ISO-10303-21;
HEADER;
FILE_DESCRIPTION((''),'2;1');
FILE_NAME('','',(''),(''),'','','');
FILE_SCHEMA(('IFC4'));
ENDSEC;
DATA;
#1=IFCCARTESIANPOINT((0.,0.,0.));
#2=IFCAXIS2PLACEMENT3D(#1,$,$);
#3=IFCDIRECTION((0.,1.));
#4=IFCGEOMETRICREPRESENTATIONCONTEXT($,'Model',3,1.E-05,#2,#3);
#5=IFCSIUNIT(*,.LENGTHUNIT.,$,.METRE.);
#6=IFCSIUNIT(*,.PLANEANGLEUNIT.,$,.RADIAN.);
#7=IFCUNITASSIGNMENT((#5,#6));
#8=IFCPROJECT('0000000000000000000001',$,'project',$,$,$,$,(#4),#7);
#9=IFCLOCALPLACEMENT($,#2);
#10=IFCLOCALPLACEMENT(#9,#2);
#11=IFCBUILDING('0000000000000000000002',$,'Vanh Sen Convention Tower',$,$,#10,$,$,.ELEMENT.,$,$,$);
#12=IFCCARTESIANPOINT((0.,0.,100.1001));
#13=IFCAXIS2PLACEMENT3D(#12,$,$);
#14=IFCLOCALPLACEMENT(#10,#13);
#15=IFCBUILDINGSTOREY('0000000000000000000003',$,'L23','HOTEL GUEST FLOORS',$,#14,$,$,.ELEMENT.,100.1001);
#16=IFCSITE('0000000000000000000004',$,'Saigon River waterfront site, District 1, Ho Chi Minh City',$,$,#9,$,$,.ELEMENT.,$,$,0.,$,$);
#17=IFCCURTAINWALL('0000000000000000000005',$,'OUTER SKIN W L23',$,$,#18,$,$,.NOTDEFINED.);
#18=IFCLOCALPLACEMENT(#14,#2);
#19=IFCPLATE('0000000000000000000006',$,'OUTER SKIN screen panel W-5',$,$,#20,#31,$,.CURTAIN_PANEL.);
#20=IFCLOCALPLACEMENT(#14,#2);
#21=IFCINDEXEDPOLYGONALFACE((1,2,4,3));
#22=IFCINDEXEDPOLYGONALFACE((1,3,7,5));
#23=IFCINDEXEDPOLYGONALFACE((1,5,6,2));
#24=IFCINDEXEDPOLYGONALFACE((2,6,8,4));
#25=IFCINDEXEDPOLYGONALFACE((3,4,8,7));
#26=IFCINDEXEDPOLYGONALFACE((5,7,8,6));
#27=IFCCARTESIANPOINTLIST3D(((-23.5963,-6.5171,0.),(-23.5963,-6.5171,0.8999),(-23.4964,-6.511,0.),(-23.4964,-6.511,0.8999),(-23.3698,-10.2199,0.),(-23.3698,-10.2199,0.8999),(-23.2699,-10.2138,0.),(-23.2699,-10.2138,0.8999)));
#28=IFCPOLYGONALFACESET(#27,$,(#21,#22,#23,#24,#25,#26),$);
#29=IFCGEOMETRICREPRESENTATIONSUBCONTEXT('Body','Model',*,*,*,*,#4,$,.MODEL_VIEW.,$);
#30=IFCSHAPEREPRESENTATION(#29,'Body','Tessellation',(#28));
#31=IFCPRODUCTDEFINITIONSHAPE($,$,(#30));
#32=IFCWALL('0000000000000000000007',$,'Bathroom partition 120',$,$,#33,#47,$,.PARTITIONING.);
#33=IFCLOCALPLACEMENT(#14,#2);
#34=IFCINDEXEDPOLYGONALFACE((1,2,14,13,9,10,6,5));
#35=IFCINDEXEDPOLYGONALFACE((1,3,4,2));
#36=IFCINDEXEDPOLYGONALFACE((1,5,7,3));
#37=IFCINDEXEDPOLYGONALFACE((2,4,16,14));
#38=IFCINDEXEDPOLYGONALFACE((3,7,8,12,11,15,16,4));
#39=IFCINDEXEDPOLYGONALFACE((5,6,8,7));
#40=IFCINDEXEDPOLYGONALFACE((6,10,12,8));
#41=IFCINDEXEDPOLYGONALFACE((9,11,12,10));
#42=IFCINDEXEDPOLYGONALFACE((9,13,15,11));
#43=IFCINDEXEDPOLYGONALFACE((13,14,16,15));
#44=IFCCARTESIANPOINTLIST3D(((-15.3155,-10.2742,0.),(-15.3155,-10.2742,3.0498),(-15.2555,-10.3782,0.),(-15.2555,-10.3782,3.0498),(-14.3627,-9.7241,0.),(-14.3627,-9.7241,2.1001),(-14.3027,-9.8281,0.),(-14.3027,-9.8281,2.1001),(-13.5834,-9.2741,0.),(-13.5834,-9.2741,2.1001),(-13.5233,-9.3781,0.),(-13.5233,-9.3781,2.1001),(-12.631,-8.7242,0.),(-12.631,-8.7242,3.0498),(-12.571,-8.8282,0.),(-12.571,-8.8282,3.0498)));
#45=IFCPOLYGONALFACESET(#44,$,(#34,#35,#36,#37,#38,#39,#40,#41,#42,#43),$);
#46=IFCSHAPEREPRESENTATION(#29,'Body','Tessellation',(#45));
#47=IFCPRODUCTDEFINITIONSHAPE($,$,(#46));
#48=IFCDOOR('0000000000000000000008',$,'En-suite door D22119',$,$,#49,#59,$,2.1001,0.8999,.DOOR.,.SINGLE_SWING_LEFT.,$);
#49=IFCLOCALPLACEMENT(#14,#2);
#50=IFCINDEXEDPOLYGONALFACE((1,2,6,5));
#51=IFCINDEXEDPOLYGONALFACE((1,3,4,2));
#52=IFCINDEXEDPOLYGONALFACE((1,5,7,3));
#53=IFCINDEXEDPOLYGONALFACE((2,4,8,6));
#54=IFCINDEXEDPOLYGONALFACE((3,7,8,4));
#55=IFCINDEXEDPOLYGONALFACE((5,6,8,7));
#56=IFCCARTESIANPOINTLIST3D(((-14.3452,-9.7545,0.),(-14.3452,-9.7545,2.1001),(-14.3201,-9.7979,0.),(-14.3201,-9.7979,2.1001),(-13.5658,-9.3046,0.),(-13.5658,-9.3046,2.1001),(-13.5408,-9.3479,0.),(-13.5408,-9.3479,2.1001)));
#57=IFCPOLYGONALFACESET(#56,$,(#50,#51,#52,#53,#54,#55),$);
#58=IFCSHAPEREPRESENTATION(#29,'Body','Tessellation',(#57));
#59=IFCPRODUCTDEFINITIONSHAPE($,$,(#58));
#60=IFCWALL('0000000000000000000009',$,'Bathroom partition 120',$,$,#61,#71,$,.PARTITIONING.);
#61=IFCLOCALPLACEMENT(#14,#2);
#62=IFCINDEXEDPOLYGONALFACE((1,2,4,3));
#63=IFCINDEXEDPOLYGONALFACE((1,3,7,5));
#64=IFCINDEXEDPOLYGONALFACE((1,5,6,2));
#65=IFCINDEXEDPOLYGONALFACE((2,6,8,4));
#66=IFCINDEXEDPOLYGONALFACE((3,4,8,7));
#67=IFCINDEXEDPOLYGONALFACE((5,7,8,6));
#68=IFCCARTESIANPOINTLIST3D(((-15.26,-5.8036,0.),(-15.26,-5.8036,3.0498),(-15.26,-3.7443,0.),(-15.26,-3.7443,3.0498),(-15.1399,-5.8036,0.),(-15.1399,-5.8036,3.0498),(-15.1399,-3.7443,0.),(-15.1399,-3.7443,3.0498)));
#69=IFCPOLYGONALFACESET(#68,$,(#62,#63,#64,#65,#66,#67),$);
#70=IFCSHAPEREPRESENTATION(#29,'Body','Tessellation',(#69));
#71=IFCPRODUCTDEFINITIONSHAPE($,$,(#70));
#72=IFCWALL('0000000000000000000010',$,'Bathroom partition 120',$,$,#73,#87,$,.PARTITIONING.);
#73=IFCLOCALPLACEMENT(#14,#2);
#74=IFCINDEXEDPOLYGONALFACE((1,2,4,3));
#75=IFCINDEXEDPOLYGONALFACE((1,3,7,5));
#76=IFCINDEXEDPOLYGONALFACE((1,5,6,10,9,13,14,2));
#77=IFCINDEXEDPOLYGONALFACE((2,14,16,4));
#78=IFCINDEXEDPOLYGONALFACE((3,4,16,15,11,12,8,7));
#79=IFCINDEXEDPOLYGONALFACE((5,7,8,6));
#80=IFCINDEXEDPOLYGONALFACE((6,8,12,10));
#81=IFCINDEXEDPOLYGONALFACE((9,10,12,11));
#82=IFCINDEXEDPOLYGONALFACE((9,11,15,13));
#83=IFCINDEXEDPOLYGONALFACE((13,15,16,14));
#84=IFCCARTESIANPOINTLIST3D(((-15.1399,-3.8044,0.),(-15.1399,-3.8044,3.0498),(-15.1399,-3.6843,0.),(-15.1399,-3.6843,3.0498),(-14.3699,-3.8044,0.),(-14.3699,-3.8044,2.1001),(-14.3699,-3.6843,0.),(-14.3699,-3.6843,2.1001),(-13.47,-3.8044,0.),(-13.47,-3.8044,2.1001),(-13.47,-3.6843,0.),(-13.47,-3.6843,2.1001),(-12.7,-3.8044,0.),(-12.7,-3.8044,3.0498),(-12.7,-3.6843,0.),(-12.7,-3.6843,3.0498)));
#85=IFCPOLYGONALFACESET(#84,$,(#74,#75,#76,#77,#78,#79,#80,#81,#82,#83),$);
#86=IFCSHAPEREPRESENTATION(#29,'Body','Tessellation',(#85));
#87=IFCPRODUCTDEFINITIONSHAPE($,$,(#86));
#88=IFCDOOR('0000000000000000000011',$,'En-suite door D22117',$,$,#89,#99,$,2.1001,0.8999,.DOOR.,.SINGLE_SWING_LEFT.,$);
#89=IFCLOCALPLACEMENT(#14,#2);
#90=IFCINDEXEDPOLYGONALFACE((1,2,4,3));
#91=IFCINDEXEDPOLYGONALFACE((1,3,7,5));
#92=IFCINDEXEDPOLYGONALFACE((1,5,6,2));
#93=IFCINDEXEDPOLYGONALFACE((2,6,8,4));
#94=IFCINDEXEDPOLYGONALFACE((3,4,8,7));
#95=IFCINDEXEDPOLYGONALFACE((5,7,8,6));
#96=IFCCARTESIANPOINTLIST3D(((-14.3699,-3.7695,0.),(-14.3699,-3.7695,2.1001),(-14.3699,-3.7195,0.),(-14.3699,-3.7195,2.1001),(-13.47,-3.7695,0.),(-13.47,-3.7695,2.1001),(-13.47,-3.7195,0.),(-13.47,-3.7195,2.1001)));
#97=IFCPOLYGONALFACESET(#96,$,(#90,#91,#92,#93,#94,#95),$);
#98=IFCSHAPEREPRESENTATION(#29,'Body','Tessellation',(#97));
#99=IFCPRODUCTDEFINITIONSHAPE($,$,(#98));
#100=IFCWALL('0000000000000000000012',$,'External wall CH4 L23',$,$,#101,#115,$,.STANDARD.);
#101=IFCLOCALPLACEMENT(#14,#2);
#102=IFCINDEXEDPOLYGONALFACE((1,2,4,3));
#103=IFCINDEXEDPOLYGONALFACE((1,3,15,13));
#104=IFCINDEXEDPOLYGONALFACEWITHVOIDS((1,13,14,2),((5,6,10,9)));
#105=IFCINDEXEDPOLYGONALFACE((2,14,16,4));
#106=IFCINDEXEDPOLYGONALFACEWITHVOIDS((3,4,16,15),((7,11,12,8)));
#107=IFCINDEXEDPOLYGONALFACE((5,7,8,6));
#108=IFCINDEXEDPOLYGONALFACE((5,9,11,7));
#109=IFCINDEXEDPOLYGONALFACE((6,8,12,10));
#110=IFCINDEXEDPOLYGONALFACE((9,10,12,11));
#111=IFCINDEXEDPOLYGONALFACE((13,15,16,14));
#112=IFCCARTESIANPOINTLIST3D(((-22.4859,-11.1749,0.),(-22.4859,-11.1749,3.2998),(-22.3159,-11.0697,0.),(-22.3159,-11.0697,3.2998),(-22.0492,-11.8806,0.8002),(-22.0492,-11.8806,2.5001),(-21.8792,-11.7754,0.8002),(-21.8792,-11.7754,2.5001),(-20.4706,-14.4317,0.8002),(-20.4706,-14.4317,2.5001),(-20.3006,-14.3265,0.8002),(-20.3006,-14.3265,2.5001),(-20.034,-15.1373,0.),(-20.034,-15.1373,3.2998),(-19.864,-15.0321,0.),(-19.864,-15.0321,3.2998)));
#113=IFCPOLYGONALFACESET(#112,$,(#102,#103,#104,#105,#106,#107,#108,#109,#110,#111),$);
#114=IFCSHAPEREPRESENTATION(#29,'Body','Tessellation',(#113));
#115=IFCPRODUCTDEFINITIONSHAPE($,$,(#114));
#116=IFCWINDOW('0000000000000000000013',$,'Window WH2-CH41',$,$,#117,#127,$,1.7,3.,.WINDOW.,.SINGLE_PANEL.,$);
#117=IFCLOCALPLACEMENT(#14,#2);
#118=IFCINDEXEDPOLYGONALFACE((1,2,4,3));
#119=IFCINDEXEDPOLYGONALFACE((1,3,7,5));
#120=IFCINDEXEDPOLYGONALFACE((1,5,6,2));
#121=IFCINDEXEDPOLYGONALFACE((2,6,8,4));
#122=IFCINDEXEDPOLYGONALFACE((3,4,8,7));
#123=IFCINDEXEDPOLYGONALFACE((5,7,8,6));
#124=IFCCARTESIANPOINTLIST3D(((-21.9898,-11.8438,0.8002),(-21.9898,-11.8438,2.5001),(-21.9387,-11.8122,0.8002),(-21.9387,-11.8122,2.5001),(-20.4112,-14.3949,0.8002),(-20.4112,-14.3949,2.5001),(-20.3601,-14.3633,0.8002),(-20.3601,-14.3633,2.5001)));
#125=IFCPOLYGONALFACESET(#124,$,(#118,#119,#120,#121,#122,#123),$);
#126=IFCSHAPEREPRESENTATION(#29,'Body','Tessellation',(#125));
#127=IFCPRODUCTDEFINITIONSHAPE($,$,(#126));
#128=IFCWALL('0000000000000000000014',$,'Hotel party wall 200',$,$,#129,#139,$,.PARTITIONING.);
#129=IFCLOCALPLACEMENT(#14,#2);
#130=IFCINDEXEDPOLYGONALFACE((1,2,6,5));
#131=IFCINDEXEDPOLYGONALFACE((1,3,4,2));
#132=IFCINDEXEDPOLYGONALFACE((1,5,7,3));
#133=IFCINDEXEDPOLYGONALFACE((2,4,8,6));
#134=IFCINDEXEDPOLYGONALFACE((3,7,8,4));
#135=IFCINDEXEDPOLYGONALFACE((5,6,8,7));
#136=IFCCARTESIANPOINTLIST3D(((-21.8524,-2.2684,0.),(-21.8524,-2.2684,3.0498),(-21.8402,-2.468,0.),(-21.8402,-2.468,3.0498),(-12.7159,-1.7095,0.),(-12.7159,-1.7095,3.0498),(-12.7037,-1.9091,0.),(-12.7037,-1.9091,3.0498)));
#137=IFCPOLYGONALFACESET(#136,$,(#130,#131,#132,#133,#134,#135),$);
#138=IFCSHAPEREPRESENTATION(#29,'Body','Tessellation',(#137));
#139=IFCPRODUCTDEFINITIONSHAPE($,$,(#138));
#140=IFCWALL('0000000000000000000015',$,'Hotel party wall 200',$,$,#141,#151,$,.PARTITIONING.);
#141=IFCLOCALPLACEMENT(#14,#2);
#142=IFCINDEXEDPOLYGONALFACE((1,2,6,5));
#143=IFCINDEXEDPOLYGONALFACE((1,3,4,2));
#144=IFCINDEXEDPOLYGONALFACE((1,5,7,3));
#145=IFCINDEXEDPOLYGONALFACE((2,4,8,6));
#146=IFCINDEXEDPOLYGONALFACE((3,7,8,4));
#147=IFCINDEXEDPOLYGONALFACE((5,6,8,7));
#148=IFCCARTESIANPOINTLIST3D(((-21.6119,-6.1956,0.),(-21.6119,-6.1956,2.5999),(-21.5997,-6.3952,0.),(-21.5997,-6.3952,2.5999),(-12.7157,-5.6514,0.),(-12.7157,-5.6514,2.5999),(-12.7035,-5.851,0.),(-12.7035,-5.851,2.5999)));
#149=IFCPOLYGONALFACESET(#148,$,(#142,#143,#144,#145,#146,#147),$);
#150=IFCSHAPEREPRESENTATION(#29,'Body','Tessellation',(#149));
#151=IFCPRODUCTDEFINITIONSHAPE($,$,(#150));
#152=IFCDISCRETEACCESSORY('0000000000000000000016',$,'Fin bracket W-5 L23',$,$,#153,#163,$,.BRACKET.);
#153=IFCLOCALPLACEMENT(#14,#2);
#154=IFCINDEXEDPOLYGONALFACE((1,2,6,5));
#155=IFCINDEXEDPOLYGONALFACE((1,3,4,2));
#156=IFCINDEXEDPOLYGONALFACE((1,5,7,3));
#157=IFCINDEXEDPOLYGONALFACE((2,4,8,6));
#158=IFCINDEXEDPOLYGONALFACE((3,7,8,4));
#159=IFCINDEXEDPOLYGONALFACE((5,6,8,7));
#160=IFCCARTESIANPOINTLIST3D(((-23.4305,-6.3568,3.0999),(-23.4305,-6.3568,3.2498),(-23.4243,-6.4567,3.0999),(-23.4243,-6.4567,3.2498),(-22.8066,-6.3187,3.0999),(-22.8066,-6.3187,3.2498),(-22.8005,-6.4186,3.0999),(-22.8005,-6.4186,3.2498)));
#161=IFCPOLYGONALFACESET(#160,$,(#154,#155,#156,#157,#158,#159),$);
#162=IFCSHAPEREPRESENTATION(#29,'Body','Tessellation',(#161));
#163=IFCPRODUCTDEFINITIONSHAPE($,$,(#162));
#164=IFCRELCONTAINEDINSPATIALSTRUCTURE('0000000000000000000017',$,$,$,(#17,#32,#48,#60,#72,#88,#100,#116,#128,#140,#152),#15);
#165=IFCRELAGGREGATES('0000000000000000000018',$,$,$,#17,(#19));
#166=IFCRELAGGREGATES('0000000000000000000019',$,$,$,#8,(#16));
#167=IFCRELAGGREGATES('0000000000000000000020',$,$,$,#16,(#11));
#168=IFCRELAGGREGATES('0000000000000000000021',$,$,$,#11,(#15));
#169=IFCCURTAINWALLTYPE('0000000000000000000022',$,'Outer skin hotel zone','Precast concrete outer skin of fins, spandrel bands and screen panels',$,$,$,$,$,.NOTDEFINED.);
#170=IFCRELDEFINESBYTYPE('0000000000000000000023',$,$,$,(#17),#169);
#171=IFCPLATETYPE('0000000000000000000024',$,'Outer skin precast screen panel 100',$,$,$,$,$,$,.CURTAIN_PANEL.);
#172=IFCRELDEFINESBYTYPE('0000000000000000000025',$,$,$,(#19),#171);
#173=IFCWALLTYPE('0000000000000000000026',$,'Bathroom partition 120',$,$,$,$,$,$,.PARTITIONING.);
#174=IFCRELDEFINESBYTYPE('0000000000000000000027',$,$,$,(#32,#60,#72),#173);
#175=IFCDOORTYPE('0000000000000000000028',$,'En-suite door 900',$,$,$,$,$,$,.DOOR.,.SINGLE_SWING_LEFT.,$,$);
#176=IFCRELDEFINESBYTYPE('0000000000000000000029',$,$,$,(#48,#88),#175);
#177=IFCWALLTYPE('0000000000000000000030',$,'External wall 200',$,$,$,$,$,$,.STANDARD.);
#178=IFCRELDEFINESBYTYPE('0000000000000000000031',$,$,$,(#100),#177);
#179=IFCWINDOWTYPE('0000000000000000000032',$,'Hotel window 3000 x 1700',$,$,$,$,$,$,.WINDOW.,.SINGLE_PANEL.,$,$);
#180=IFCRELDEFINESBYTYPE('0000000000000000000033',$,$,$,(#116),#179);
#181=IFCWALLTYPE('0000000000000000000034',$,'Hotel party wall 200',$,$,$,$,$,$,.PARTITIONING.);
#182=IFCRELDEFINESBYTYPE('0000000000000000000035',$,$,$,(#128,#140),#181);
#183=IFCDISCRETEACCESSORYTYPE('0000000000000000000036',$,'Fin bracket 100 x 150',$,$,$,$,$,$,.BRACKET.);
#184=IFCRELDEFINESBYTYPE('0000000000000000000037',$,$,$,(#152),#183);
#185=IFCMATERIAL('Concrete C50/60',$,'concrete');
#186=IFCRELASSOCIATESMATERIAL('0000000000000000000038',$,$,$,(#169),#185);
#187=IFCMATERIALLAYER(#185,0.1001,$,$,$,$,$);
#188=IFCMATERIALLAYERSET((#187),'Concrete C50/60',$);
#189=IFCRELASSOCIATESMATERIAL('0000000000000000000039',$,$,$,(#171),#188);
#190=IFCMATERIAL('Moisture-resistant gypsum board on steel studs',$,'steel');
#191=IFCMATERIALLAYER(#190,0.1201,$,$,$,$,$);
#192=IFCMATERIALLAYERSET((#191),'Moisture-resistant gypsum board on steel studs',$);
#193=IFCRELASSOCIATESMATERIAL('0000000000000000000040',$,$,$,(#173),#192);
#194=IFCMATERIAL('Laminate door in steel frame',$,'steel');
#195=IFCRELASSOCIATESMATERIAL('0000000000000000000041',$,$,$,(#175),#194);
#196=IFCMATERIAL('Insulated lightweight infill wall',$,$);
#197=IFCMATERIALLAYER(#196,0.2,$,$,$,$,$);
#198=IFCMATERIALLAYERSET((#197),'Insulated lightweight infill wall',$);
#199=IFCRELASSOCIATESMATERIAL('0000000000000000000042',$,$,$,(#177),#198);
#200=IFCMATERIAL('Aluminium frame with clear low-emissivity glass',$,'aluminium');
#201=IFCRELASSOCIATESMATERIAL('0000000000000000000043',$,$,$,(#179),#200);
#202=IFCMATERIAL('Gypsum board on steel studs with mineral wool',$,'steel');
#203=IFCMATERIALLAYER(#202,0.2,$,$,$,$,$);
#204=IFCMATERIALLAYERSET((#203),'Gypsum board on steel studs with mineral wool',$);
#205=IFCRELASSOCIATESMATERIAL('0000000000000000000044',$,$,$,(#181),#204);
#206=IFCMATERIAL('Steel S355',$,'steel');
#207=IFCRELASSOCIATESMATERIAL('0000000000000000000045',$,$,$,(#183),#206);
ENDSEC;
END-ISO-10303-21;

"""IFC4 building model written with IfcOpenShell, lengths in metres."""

from ifc_helpers import new_model, si_unit, direction, frame, frame_2d, origin, origin_2d, place, context, subcontext, project, spatial, rectangle, extrude, material, layer, layer_set, type_object, element, fill, aggregate, save


model = new_model("IFC4")

# Units and contexts
model_context = context("Model", 3, precision=1e-05, world=origin(), true_north=direction((0.0, 1.0)))
body_context = subcontext(model_context, "Body", "Model", "MODEL_VIEW")
ifc_project = project(units=[si_unit("LENGTHUNIT", "METRE"), si_unit("PLANEANGLEUNIT", "RADIAN")], contexts=[model_context])

# Site, building, storey
site_placement = place(None, origin())
site = spatial("IfcSite", under=ifc_project, at=site_placement, Name="Saigon River waterfront site, District 1, Ho Chi Minh City", CompositionType="ELEMENT", RefElevation=0.0)
building_placement = place(site_placement, origin())
building = spatial("IfcBuilding", under=site, at=building_placement, Name="Vanh Sen Convention Tower", CompositionType="ELEMENT")
storey_placement = place(building_placement, frame((0.0, 0.0, 100.1001)))
storey = spatial("IfcBuildingStorey", under=building, at=storey_placement, Name="L23", Description="HOTEL GUEST FLOORS", CompositionType="ELEMENT", Elevation=100.1001)

# Curtain wall
ifc_material_1 = material(Name="Concrete C50/60", Category="concrete")
curtain_wall_type = type_object("IfcCurtainWallType", Name="Outer skin hotel zone", Description="Precast concrete outer skin of fins, spandrel bands and screen panels", PredefinedType="NOTDEFINED", material=ifc_material_1)
curtain_wall_1_placement = place(storey_placement, origin())
curtain_wall_1 = element("IfcCurtainWall", 1, at=curtain_wall_1_placement, inside=storey, type_object=curtain_wall_type, Name="OUTER SKIN W L23", PredefinedType="NOTDEFINED")

# Plate
ifc_layer_1 = layer(ifc_material_1, 0.1001)
ifc_layer_set_1 = layer_set([ifc_layer_1], Name="Concrete C50/60")
plate_type = type_object("IfcPlateType", Name="Outer skin precast screen panel 100", PredefinedType="CURTAIN_PANEL", material=ifc_layer_set_1)
plate_1_placement = place(storey_placement, frame((-23.4331, -8.3655, 0.0), z_axis=(0.0, 0.0, 1.0), x_axis=(0.061047, -0.998135, 0.0)))
plate_1 = element("IfcPlate", 2, at=plate_1_placement, type_object=plate_type, Name="OUTER SKIN screen panel W-5", PredefinedType="CURTAIN_PANEL", context=body_context, shape_type="SweptSolid", body=[
    extrude(rectangle(XDim=3.7097, YDim=0.1001, at=origin_2d()), origin(), (0.0, 0.0, 1.0), 0.8999),
])
aggregate(curtain_wall_1, [plate_1])

# Wall, opening, door
ifc_material_2 = material(Name="Moisture-resistant gypsum board on steel studs", Category="steel")
ifc_layer_2 = layer(ifc_material_2, 0.1201)
ifc_layer_set_2 = layer_set([ifc_layer_2], Name="Moisture-resistant gypsum board on steel studs")
wall_type_1 = type_object("IfcWallType", Name="Bathroom partition 120", PredefinedType="PARTITIONING", material=ifc_layer_set_2)
wall_1_placement = place(storey_placement, frame((-15.2854, -10.3262, 0.0), z_axis=(0.0, 0.0, 1.0), x_axis=(0.86601, 0.500027, 0.0)))
wall_1 = element("IfcWall", 3, at=wall_1_placement, inside=storey, type_object=wall_type_1, Name="Bathroom partition 120", PredefinedType="PARTITIONING", context=body_context, shape_type="SweptSolid", body=[
    extrude(rectangle(XDim=3.0999, YDim=0.1201, at=frame_2d((1.5498, 0.0))), origin(), (0.0, 0.0, 1.0), 3.0498),
])
opening_1_placement = place(wall_1_placement, frame((1.1001, 0.0, 0.0)))
opening_1 = element("IfcOpeningElement", 4, at=opening_1_placement, cuts=wall_1, PredefinedType="OPENING", context=body_context, shape_type="SweptSolid", body=[
    extrude(rectangle(XDim=0.8999, YDim=2.1001, at=frame_2d((0.45, 1.05))), frame((0.0, 0.0701, 0.0), z_axis=(0.0, -1.0, 0.0), x_axis=(1.0, 0.0, 0.0)), (0.0, 0.0, 1.0), 0.1401),
])
ifc_material_3 = material(Name="Laminate door in steel frame", Category="steel")
door_type = type_object("IfcDoorType", Name="En-suite door 900", OperationType="SINGLE_SWING_LEFT", PredefinedType="DOOR", material=ifc_material_3)
door_1_placement = place(opening_1_placement, origin())
door_1 = element("IfcDoor", 5, at=door_1_placement, inside=storey, type_object=door_type, Name="En-suite door D22119", OperationType="SINGLE_SWING_LEFT", OverallHeight=2.1001, OverallWidth=0.8999, PredefinedType="DOOR", context=body_context, shape_type="SweptSolid", body=[
    extrude(rectangle(XDim=0.8999, YDim=2.1001, at=frame_2d((0.45, 1.05))), frame((0.0, 0.0249, 0.0), z_axis=(0.0, -1.0, 0.0), x_axis=(1.0, 0.0, 0.0)), (0.0, 0.0, 1.0), 0.05),
])
fill(opening_1, door_1)

# Wall
wall_2_placement = place(storey_placement, frame((-15.2, -5.8037, 0.0), z_axis=(0.0, 0.0, 1.0), x_axis=(0.0, 1.0, 0.0)))
element("IfcWall", 6, at=wall_2_placement, inside=storey, type_object=wall_type_1, Name="Bathroom partition 120", PredefinedType="PARTITIONING", context=body_context, shape_type="SweptSolid", body=[
    extrude(rectangle(XDim=2.0593, YDim=0.1201, at=frame_2d((1.0298, 0.0))), origin(), (0.0, 0.0, 1.0), 3.0498),
])

# Wall, opening, door
wall_3_placement = place(storey_placement, frame((-15.1399, -3.7444, 0.0), z_axis=(0.0, 0.0, 1.0), x_axis=(1.0, 0.0, 0.0)))
wall_3 = element("IfcWall", 7, at=wall_3_placement, inside=storey, type_object=wall_type_1, Name="Bathroom partition 120", PredefinedType="PARTITIONING", context=body_context, shape_type="SweptSolid", body=[
    extrude(rectangle(XDim=2.4399, YDim=0.1201, at=frame_2d((1.22, 0.0))), origin(), (0.0, 0.0, 1.0), 3.0498),
])
opening_2_placement = place(wall_3_placement, frame((0.77, 0.0, 0.0)))
opening_2 = element("IfcOpeningElement", 8, at=opening_2_placement, cuts=wall_3, PredefinedType="OPENING", context=body_context, shape_type="SweptSolid", body=[
    extrude(rectangle(XDim=0.8999, YDim=2.1001, at=frame_2d((0.45, 1.05))), frame((0.0, 0.0701, 0.0), z_axis=(0.0, -1.0, 0.0), x_axis=(1.0, 0.0, 0.0)), (0.0, 0.0, 1.0), 0.1401),
])
door_2_placement = place(opening_2_placement, origin())
door_2 = element("IfcDoor", 9, at=door_2_placement, inside=storey, type_object=door_type, Name="En-suite door D22117", OperationType="SINGLE_SWING_LEFT", OverallHeight=2.1001, OverallWidth=0.8999, PredefinedType="DOOR", context=body_context, shape_type="SweptSolid", body=[
    extrude(rectangle(XDim=0.8999, YDim=2.1001, at=frame_2d((0.45, 1.05))), frame((0.0, 0.0249, 0.0), z_axis=(0.0, -1.0, 0.0), x_axis=(1.0, 0.0, 0.0)), (0.0, 0.0, 1.0), 0.05),
])
fill(opening_2, door_2)

# Wall, opening, window
ifc_material_4 = material(Name="Insulated lightweight infill wall")
ifc_layer_3 = layer(ifc_material_4, 0.2)
ifc_layer_set_3 = layer_set([ifc_layer_3], Name="Insulated lightweight infill wall")
wall_type_2 = type_object("IfcWallType", Name="External wall 200", PredefinedType="STANDARD", material=ifc_layer_set_3)
wall_4_placement = place(storey_placement, frame((-22.4009, -11.1223, 0.0), z_axis=(0.0, 0.0, 1.0), x_axis=(0.526198, -0.850362, 0.0)))
wall_4 = element("IfcWall", 10, at=wall_4_placement, inside=storey, type_object=wall_type_2, Name="External wall CH4 L23", PredefinedType="STANDARD", context=body_context, shape_type="SweptSolid", body=[
    extrude(rectangle(XDim=4.6597, YDim=0.2, at=frame_2d((2.3298, 0.0))), origin(), (0.0, 0.0, 1.0), 3.2998),
])
opening_3_placement = place(wall_4_placement, frame((0.8298, 0.0, 0.8)))
opening_3 = element("IfcOpeningElement", 11, at=opening_3_placement, cuts=wall_4, PredefinedType="OPENING", context=body_context, shape_type="SweptSolid", body=[
    extrude(rectangle(XDim=3.0, YDim=1.7, at=frame_2d((1.5, 0.8501))), frame((0.0, 0.1099, 0.0), z_axis=(0.0, -1.0, 0.0), x_axis=(1.0, 0.0, 0.0)), (0.0, 0.0, 1.0), 0.22),
])
ifc_material_5 = material(Name="Aluminium frame with clear low-emissivity glass", Category="aluminium")
window_type = type_object("IfcWindowType", Name="Hotel window 3000 x 1700", PartitioningType="SINGLE_PANEL", PredefinedType="WINDOW", material=ifc_material_5)
window_placement = place(opening_3_placement, origin())
window = element("IfcWindow", 12, at=window_placement, inside=storey, type_object=window_type, Name="Window WH2-CH41", OverallHeight=1.7, OverallWidth=3.0, PartitioningType="SINGLE_PANEL", PredefinedType="WINDOW", context=body_context, shape_type="SweptSolid", body=[
    extrude(rectangle(XDim=3.0, YDim=1.7, at=frame_2d((1.5, 0.8501))), frame((0.0, 0.03, 0.0), z_axis=(0.0, -1.0, 0.0), x_axis=(1.0, 0.0, 0.0)), (0.0, 0.0, 1.0), 0.0601),
])
fill(opening_3, window)

# Walls
ifc_material_6 = material(Name="Gypsum board on steel studs with mineral wool", Category="steel")
ifc_layer_4 = layer(ifc_material_6, 0.2)
ifc_layer_set_4 = layer_set([ifc_layer_4], Name="Gypsum board on steel studs with mineral wool")
wall_type_3 = type_object("IfcWallType", Name="Hotel party wall 200", PredefinedType="PARTITIONING", material=ifc_layer_set_4)
wall_5_placement = place(storey_placement, frame((-21.8462, -2.3682, 0.0), z_axis=(0.0, 0.0, 1.0), x_axis=(0.998135, 0.061051, 0.0)))
element("IfcWall", 13, at=wall_5_placement, inside=storey, type_object=wall_type_3, Name="Hotel party wall 200", PredefinedType="PARTITIONING", context=body_context, shape_type="SweptSolid", body=[
    extrude(rectangle(XDim=9.1536, YDim=0.2, at=frame_2d((4.5767, 0.0))), origin(), (0.0, 0.0, 1.0), 3.0498),
])
wall_6_placement = place(storey_placement, frame((-21.606, -6.2954, 0.0), z_axis=(0.0, 0.0, 1.0), x_axis=(0.998134, 0.061057, 0.0)))
element("IfcWall", 14, at=wall_6_placement, inside=storey, type_object=wall_type_3, Name="Hotel party wall 200", PredefinedType="PARTITIONING", context=body_context, shape_type="SweptSolid", body=[
    extrude(rectangle(XDim=8.9128, YDim=0.2, at=frame_2d((4.4565, 0.0))), origin(), (0.0, 0.0, 1.0), 2.5999),
])

# Discrete accessory
ifc_material_7 = material(Name="Steel S355", Category="steel")
discrete_accessory_type = type_object("IfcDiscreteAccessoryType", Name="Fin bracket 100 x 150", PredefinedType="BRACKET", material=ifc_material_7)
discrete_accessory_placement = place(storey_placement, frame((-23.1155, -6.3877, 3.0999), z_axis=(0.0, 0.0, 1.0), x_axis=(-0.998135, -0.061049, 0.0)))
element("IfcDiscreteAccessory", 15, at=discrete_accessory_placement, inside=storey, type_object=discrete_accessory_type, Name="Fin bracket W-5 L23", PredefinedType="BRACKET", context=body_context, shape_type="SweptSolid", body=[
    extrude(rectangle(XDim=0.625, YDim=0.1001, at=origin_2d()), origin(), (0.0, 0.0, 1.0), 0.1499),
])

save(model, "model.ifc")
